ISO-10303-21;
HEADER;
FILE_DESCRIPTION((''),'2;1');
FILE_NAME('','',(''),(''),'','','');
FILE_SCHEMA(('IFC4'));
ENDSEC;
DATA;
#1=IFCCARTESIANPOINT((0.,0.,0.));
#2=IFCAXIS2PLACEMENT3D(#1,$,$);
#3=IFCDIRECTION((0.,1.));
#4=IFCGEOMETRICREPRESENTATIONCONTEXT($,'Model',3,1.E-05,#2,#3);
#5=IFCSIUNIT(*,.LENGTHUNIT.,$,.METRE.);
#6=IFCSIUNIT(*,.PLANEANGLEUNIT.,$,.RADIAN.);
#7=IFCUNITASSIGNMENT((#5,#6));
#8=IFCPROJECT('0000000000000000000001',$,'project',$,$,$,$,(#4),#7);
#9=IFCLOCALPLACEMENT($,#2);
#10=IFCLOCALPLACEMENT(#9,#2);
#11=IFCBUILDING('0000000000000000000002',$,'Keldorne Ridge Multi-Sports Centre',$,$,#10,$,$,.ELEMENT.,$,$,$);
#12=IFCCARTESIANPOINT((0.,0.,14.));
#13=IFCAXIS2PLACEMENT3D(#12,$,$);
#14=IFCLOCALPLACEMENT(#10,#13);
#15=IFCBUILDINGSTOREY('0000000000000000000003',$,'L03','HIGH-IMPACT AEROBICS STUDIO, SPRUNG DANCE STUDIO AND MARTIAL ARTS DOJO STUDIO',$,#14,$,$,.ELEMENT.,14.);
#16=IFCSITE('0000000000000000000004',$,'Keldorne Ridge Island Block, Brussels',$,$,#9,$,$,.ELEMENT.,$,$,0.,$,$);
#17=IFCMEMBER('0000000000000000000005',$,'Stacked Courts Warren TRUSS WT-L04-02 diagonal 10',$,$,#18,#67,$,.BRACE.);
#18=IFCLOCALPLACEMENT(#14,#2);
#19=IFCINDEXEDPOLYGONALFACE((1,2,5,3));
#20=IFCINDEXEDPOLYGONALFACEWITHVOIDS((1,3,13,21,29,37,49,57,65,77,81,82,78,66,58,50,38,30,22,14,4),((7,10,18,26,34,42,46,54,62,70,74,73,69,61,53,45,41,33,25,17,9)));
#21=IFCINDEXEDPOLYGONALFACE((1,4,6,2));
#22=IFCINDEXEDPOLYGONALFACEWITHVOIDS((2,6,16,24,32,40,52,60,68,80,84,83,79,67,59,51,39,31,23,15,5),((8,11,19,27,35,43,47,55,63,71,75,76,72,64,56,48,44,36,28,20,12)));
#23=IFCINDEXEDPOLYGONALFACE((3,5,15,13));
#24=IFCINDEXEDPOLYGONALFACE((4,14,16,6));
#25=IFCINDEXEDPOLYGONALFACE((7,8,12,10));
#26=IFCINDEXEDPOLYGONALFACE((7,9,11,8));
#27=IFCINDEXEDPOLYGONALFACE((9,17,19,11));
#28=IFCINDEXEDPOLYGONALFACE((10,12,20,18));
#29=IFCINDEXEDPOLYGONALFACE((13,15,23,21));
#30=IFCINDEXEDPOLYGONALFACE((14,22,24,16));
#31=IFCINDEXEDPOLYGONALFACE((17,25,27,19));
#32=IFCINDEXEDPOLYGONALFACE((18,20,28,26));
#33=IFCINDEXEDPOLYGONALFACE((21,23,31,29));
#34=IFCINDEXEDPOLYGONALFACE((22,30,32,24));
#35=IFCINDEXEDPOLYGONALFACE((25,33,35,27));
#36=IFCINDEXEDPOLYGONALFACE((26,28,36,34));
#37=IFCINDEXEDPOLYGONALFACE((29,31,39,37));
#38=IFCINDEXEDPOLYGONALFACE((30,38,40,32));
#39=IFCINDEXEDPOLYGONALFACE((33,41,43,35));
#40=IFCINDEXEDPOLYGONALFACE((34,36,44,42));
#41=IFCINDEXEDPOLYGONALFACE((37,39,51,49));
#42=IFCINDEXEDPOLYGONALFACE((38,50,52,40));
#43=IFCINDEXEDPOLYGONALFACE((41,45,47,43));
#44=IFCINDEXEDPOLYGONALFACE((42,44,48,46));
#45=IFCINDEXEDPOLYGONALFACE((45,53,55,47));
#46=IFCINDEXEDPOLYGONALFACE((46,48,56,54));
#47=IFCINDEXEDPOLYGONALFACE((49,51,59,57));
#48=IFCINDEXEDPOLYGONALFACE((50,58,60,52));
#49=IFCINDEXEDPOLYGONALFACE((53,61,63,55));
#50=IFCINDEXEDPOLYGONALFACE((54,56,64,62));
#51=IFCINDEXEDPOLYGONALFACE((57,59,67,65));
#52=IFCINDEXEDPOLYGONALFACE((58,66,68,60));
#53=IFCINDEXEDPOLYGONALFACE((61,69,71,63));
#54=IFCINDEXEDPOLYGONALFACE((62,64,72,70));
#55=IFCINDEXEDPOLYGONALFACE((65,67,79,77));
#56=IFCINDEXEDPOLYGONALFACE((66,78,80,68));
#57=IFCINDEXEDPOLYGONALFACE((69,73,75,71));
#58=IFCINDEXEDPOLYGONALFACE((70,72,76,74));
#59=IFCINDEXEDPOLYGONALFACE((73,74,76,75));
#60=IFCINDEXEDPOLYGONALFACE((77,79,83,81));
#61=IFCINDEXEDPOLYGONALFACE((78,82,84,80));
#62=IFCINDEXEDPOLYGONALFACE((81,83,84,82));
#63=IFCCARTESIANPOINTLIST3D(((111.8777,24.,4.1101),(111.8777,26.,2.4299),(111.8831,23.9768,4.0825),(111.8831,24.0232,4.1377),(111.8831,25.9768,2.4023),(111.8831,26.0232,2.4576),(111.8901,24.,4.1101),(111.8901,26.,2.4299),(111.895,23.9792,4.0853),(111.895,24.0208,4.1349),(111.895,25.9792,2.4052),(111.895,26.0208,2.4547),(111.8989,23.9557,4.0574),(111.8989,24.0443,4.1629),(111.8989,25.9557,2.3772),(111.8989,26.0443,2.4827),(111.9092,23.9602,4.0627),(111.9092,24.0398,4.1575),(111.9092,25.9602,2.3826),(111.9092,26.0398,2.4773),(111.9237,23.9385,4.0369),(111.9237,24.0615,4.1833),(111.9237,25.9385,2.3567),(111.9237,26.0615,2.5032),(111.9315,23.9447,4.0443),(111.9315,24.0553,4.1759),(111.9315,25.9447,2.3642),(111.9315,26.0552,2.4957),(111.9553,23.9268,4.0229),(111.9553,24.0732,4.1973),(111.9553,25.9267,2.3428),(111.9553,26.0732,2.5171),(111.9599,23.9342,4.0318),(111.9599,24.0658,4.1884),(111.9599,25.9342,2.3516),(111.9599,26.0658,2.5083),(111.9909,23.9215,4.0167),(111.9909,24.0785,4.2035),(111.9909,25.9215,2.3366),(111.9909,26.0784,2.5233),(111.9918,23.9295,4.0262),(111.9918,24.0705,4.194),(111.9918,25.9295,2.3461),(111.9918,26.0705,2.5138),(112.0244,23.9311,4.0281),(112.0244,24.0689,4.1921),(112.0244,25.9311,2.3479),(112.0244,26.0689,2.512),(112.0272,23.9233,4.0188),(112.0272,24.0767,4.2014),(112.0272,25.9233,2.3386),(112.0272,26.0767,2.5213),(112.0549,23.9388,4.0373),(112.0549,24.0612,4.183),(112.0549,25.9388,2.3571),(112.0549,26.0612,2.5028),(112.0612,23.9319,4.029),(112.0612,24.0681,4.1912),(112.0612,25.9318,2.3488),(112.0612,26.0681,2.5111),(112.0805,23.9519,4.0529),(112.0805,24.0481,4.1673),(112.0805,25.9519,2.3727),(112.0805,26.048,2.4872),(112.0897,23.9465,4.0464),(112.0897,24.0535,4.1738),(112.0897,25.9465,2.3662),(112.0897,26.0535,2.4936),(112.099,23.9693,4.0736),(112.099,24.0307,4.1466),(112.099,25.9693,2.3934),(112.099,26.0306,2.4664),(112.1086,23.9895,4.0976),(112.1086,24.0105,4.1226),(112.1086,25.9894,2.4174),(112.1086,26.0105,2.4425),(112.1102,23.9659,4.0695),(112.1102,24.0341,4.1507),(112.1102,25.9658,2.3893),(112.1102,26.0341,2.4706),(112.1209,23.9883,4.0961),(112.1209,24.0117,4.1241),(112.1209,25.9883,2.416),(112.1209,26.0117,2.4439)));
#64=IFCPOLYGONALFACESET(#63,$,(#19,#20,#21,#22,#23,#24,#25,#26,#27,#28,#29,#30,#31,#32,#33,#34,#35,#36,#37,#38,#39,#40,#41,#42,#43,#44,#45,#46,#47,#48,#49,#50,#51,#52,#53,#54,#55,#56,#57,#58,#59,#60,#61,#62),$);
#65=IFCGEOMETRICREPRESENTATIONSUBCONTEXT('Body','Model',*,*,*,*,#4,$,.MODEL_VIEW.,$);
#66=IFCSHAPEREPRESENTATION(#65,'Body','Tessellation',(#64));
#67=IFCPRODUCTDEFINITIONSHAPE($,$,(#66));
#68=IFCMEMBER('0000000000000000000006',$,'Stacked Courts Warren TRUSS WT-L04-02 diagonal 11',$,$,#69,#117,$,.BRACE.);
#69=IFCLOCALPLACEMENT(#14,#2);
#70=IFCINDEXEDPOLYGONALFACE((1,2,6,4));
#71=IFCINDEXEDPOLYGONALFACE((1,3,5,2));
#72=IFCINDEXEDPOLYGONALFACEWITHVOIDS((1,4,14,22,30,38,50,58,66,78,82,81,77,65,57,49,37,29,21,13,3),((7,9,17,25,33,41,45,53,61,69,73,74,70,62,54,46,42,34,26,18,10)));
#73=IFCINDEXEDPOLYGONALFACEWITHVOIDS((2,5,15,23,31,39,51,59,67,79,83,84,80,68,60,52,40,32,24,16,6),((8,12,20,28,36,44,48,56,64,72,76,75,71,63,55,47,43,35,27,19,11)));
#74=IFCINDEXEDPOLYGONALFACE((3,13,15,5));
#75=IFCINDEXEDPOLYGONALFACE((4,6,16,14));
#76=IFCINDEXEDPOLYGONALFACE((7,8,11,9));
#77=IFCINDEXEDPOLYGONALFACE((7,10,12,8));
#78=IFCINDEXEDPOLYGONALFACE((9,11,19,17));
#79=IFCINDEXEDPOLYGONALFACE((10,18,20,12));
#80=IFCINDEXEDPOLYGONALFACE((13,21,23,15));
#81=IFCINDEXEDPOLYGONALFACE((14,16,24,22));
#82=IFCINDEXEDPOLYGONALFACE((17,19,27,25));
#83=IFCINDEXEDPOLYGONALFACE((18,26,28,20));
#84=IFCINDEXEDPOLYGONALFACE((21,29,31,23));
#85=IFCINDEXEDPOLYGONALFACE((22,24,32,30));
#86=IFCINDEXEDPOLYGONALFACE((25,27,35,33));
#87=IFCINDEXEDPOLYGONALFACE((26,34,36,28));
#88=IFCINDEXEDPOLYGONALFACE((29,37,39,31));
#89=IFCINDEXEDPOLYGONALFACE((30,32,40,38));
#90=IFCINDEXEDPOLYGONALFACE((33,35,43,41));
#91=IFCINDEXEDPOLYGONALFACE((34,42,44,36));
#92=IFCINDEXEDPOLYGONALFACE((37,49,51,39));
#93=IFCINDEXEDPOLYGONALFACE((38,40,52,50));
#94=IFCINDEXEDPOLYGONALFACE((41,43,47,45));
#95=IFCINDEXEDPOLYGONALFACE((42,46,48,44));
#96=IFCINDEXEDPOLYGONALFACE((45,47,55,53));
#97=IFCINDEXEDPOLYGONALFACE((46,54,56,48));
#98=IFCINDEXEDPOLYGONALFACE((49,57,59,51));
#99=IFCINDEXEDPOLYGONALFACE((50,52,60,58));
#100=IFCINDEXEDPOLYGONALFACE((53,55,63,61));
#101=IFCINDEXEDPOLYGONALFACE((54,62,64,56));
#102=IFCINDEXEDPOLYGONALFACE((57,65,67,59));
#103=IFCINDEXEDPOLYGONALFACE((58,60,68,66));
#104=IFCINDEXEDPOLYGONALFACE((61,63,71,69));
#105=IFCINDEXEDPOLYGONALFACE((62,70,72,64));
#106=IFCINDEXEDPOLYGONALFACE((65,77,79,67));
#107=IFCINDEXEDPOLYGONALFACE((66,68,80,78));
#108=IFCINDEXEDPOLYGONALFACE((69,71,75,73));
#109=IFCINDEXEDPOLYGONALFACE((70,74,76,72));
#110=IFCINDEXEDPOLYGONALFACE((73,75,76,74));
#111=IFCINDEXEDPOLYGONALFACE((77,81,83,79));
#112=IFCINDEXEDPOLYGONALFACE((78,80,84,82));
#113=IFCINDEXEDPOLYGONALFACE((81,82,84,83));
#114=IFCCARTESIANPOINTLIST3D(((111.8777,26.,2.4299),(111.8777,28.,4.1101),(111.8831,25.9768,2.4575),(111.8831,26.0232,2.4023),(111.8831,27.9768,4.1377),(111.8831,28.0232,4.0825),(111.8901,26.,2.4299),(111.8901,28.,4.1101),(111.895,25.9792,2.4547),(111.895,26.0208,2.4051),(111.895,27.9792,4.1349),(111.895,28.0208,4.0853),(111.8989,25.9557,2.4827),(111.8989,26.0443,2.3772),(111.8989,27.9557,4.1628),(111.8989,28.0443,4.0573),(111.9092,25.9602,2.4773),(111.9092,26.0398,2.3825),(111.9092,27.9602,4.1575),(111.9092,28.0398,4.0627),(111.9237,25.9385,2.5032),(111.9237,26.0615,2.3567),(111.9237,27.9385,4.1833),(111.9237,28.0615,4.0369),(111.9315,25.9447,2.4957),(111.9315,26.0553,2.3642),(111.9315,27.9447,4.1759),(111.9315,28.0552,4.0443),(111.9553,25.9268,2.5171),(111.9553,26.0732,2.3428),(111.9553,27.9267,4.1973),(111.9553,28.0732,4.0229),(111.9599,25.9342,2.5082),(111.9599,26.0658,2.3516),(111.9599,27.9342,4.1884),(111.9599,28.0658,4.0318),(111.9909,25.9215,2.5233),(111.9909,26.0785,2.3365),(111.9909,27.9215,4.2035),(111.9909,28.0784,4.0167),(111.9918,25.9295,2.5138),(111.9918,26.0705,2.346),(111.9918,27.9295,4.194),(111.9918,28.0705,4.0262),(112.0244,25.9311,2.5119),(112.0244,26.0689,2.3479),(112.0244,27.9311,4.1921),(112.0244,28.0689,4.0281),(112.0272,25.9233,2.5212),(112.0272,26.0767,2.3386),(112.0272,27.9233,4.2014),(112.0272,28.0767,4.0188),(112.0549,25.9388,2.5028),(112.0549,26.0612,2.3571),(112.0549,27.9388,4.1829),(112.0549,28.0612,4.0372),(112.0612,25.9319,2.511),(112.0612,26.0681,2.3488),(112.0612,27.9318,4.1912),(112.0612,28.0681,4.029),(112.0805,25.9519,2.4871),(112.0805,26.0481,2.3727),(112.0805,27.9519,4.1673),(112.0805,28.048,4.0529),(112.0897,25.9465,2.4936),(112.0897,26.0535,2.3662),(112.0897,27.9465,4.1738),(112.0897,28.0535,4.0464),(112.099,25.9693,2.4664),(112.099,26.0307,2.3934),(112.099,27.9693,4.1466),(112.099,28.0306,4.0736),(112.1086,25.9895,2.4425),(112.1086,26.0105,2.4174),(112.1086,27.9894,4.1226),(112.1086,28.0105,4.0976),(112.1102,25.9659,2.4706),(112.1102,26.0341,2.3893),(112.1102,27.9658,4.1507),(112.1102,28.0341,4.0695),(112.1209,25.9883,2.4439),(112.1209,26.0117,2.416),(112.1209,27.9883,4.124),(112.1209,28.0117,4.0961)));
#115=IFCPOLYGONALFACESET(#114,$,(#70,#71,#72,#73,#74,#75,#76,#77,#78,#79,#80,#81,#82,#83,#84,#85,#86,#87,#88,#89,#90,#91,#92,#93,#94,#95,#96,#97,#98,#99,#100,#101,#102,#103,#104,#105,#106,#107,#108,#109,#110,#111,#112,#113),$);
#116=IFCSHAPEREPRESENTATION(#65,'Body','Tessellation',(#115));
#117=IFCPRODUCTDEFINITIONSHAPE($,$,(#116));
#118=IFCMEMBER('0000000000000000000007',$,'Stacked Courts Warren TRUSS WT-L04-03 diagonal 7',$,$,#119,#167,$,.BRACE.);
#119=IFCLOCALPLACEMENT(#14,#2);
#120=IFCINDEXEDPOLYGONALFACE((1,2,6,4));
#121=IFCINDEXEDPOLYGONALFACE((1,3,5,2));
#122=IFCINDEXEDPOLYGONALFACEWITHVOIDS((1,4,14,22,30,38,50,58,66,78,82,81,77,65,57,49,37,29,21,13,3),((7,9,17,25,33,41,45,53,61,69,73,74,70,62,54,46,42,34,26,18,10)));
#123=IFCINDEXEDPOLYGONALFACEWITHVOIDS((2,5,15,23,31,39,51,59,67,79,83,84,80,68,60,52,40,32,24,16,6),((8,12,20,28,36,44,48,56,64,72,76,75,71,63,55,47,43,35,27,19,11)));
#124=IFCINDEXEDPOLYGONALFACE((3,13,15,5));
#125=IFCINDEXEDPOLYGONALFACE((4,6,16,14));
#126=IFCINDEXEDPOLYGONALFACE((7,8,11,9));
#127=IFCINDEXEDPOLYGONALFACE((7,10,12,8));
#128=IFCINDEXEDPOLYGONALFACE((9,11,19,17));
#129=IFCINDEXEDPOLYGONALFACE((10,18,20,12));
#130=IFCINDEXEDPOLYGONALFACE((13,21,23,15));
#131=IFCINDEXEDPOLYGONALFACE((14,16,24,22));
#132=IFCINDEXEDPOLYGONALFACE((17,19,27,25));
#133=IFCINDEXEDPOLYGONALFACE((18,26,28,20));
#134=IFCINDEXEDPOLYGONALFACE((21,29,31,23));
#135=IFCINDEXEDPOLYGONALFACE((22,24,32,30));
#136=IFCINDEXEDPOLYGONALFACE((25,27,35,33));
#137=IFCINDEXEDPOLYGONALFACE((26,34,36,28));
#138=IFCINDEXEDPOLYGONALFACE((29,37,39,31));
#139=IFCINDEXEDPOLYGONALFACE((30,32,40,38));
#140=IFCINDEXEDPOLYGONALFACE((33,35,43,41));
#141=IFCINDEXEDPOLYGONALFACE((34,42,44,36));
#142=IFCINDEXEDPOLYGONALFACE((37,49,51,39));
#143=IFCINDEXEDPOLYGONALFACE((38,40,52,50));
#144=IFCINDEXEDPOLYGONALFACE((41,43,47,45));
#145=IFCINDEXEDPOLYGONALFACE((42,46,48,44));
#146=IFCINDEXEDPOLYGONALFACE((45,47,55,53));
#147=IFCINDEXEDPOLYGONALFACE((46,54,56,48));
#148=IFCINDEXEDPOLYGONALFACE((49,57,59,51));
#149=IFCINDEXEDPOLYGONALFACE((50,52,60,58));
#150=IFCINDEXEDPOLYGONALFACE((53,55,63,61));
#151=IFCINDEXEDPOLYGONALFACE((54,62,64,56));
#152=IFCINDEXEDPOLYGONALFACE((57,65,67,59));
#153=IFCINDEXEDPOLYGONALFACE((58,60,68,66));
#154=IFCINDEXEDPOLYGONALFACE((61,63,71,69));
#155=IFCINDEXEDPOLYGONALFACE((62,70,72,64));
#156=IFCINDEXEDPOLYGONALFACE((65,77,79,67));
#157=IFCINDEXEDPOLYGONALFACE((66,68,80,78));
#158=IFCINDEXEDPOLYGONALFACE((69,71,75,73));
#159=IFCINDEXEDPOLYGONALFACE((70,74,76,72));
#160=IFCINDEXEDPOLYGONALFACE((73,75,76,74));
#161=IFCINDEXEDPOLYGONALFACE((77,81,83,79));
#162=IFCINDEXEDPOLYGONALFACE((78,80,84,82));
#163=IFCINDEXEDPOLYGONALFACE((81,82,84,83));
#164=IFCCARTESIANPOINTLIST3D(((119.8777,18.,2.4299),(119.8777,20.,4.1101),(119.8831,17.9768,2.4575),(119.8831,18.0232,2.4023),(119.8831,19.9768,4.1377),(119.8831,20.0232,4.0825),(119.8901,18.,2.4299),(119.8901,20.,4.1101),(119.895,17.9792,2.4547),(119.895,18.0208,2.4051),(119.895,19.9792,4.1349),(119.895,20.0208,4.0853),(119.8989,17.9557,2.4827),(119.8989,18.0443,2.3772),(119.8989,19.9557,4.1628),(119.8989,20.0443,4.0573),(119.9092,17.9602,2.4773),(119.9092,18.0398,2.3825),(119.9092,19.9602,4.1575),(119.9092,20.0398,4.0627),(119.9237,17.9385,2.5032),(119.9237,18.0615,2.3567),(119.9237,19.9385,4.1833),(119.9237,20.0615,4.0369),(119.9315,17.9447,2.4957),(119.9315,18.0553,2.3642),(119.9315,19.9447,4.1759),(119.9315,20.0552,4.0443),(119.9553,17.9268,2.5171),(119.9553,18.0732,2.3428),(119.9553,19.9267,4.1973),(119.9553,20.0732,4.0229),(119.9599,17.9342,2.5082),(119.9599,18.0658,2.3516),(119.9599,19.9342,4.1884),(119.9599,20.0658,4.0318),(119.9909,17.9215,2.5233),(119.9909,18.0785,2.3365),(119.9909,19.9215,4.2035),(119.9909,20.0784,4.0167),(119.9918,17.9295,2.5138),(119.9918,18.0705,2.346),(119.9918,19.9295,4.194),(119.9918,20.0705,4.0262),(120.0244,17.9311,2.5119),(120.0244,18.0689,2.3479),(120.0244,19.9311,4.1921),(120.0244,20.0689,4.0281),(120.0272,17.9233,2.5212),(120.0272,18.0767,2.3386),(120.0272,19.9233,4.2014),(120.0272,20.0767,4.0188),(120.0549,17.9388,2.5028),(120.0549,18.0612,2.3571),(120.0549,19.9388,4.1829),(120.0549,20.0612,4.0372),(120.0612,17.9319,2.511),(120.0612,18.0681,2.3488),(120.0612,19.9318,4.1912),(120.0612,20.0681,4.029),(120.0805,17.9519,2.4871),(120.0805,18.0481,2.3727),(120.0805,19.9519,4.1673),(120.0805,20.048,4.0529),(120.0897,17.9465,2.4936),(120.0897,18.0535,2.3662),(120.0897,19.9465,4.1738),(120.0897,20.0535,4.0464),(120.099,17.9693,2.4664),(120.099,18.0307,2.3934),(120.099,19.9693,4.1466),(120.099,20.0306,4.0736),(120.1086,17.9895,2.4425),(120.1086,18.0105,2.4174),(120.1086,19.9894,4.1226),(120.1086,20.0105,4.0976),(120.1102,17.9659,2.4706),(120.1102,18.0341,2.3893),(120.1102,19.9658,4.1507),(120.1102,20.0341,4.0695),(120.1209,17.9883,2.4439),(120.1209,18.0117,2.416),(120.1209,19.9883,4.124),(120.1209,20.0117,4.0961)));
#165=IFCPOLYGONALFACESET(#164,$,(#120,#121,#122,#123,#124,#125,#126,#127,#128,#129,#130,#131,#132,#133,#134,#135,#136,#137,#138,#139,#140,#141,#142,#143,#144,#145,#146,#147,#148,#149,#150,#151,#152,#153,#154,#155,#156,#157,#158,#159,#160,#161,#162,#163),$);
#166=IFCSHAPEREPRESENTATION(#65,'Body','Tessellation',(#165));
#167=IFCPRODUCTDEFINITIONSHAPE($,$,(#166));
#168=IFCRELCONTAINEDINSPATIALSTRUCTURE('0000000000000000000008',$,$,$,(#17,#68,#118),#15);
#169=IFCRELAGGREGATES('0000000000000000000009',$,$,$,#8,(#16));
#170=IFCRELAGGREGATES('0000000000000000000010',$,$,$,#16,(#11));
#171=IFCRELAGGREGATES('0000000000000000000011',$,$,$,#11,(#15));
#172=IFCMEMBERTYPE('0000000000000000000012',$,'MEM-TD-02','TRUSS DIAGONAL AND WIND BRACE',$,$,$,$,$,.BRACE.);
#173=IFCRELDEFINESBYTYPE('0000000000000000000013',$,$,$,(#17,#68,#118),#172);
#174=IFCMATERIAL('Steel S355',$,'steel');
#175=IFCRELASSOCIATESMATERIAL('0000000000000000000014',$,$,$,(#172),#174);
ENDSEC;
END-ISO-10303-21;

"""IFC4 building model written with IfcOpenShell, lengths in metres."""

from ifc_helpers import new_model, si_unit, direction, frame, origin, origin_2d, place, context, subcontext, project, spatial, hollow_circle, extrude, material, material_profile, profile_set, type_object, element, save


model = new_model("IFC4")

# Units and contexts
model_context = context("Model", 3, precision=1e-05, world=origin(), true_north=direction((0.0, 1.0)))
body_context = subcontext(model_context, "Body", "Model", "MODEL_VIEW")
ifc_project = project(units=[si_unit("LENGTHUNIT", "METRE"), si_unit("PLANEANGLEUNIT", "RADIAN")], contexts=[model_context])

# Site, building, storey
site_placement = place(None, origin())
site = spatial("IfcSite", under=ifc_project, at=site_placement, Name="Keldorne Ridge Island Block, Brussels", CompositionType="ELEMENT", RefElevation=0.0)
building_placement = place(site_placement, origin())
building = spatial("IfcBuilding", under=site, at=building_placement, Name="Keldorne Ridge Multi-Sports Centre", CompositionType="ELEMENT")
storey_placement = place(building_placement, frame((0.0, 0.0, 14.0)))
storey = spatial("IfcBuildingStorey", under=building, at=storey_placement, Name="L03", Description="HIGH-IMPACT AEROBICS STUDIO, SPRUNG DANCE STUDIO AND MARTIAL ARTS DOJO STUDIO", CompositionType="ELEMENT", Elevation=14.0)

# Members
ifc_material = material(Name="Steel S355", Category="steel")
ifc_material_profile_1 = material_profile(ifc_material, hollow_circle(Radius=0.1223, WallThickness=0.0125, at=origin_2d()), Name="CHS 244.5x12.5")
ifc_profile_set_1 = profile_set([ifc_material_profile_1], Name="Steel S355")
member_type_1 = type_object("IfcMemberType", Name="MEM-TD-02", Description="TRUSS DIAGONAL AND WIND BRACE", PredefinedType="BRACE", material=ifc_profile_set_1)
for number, where, z_axis, x_axis, name in (
    (1, (112.0, 24.0, 4.1101), (0.0, 0.765672, -0.643232), (-1.0, 0.0, 0.0), "Stacked Courts Warren TRUSS WT-L04-02 diagonal 10"),
    (2, (112.0, 26.0, 2.4299), (0.0, 0.765672, 0.643232), (-1.0, 0.0, 0.0), "Stacked Courts Warren TRUSS WT-L04-02 diagonal 11"),
    (3, (120.0, 18.0, 2.4299), (0.0, 0.765672, 0.643232), (-1.0, 0.0, 0.0), "Stacked Courts Warren TRUSS WT-L04-03 diagonal 7"),
):
    element("IfcMember", number, at=place(storey_placement, frame(where, z_axis=z_axis, x_axis=x_axis)), inside=storey, type_object=member_type_1, Name=name, PredefinedType="BRACE", context=body_context, shape_type="SweptSolid", body=[
        extrude(hollow_circle(Radius=0.1223, WallThickness=0.0125, at=origin_2d()), origin(), (0.0, 0.0, 1.0), 2.6121),
    ])

save(model, "model.ifc")
